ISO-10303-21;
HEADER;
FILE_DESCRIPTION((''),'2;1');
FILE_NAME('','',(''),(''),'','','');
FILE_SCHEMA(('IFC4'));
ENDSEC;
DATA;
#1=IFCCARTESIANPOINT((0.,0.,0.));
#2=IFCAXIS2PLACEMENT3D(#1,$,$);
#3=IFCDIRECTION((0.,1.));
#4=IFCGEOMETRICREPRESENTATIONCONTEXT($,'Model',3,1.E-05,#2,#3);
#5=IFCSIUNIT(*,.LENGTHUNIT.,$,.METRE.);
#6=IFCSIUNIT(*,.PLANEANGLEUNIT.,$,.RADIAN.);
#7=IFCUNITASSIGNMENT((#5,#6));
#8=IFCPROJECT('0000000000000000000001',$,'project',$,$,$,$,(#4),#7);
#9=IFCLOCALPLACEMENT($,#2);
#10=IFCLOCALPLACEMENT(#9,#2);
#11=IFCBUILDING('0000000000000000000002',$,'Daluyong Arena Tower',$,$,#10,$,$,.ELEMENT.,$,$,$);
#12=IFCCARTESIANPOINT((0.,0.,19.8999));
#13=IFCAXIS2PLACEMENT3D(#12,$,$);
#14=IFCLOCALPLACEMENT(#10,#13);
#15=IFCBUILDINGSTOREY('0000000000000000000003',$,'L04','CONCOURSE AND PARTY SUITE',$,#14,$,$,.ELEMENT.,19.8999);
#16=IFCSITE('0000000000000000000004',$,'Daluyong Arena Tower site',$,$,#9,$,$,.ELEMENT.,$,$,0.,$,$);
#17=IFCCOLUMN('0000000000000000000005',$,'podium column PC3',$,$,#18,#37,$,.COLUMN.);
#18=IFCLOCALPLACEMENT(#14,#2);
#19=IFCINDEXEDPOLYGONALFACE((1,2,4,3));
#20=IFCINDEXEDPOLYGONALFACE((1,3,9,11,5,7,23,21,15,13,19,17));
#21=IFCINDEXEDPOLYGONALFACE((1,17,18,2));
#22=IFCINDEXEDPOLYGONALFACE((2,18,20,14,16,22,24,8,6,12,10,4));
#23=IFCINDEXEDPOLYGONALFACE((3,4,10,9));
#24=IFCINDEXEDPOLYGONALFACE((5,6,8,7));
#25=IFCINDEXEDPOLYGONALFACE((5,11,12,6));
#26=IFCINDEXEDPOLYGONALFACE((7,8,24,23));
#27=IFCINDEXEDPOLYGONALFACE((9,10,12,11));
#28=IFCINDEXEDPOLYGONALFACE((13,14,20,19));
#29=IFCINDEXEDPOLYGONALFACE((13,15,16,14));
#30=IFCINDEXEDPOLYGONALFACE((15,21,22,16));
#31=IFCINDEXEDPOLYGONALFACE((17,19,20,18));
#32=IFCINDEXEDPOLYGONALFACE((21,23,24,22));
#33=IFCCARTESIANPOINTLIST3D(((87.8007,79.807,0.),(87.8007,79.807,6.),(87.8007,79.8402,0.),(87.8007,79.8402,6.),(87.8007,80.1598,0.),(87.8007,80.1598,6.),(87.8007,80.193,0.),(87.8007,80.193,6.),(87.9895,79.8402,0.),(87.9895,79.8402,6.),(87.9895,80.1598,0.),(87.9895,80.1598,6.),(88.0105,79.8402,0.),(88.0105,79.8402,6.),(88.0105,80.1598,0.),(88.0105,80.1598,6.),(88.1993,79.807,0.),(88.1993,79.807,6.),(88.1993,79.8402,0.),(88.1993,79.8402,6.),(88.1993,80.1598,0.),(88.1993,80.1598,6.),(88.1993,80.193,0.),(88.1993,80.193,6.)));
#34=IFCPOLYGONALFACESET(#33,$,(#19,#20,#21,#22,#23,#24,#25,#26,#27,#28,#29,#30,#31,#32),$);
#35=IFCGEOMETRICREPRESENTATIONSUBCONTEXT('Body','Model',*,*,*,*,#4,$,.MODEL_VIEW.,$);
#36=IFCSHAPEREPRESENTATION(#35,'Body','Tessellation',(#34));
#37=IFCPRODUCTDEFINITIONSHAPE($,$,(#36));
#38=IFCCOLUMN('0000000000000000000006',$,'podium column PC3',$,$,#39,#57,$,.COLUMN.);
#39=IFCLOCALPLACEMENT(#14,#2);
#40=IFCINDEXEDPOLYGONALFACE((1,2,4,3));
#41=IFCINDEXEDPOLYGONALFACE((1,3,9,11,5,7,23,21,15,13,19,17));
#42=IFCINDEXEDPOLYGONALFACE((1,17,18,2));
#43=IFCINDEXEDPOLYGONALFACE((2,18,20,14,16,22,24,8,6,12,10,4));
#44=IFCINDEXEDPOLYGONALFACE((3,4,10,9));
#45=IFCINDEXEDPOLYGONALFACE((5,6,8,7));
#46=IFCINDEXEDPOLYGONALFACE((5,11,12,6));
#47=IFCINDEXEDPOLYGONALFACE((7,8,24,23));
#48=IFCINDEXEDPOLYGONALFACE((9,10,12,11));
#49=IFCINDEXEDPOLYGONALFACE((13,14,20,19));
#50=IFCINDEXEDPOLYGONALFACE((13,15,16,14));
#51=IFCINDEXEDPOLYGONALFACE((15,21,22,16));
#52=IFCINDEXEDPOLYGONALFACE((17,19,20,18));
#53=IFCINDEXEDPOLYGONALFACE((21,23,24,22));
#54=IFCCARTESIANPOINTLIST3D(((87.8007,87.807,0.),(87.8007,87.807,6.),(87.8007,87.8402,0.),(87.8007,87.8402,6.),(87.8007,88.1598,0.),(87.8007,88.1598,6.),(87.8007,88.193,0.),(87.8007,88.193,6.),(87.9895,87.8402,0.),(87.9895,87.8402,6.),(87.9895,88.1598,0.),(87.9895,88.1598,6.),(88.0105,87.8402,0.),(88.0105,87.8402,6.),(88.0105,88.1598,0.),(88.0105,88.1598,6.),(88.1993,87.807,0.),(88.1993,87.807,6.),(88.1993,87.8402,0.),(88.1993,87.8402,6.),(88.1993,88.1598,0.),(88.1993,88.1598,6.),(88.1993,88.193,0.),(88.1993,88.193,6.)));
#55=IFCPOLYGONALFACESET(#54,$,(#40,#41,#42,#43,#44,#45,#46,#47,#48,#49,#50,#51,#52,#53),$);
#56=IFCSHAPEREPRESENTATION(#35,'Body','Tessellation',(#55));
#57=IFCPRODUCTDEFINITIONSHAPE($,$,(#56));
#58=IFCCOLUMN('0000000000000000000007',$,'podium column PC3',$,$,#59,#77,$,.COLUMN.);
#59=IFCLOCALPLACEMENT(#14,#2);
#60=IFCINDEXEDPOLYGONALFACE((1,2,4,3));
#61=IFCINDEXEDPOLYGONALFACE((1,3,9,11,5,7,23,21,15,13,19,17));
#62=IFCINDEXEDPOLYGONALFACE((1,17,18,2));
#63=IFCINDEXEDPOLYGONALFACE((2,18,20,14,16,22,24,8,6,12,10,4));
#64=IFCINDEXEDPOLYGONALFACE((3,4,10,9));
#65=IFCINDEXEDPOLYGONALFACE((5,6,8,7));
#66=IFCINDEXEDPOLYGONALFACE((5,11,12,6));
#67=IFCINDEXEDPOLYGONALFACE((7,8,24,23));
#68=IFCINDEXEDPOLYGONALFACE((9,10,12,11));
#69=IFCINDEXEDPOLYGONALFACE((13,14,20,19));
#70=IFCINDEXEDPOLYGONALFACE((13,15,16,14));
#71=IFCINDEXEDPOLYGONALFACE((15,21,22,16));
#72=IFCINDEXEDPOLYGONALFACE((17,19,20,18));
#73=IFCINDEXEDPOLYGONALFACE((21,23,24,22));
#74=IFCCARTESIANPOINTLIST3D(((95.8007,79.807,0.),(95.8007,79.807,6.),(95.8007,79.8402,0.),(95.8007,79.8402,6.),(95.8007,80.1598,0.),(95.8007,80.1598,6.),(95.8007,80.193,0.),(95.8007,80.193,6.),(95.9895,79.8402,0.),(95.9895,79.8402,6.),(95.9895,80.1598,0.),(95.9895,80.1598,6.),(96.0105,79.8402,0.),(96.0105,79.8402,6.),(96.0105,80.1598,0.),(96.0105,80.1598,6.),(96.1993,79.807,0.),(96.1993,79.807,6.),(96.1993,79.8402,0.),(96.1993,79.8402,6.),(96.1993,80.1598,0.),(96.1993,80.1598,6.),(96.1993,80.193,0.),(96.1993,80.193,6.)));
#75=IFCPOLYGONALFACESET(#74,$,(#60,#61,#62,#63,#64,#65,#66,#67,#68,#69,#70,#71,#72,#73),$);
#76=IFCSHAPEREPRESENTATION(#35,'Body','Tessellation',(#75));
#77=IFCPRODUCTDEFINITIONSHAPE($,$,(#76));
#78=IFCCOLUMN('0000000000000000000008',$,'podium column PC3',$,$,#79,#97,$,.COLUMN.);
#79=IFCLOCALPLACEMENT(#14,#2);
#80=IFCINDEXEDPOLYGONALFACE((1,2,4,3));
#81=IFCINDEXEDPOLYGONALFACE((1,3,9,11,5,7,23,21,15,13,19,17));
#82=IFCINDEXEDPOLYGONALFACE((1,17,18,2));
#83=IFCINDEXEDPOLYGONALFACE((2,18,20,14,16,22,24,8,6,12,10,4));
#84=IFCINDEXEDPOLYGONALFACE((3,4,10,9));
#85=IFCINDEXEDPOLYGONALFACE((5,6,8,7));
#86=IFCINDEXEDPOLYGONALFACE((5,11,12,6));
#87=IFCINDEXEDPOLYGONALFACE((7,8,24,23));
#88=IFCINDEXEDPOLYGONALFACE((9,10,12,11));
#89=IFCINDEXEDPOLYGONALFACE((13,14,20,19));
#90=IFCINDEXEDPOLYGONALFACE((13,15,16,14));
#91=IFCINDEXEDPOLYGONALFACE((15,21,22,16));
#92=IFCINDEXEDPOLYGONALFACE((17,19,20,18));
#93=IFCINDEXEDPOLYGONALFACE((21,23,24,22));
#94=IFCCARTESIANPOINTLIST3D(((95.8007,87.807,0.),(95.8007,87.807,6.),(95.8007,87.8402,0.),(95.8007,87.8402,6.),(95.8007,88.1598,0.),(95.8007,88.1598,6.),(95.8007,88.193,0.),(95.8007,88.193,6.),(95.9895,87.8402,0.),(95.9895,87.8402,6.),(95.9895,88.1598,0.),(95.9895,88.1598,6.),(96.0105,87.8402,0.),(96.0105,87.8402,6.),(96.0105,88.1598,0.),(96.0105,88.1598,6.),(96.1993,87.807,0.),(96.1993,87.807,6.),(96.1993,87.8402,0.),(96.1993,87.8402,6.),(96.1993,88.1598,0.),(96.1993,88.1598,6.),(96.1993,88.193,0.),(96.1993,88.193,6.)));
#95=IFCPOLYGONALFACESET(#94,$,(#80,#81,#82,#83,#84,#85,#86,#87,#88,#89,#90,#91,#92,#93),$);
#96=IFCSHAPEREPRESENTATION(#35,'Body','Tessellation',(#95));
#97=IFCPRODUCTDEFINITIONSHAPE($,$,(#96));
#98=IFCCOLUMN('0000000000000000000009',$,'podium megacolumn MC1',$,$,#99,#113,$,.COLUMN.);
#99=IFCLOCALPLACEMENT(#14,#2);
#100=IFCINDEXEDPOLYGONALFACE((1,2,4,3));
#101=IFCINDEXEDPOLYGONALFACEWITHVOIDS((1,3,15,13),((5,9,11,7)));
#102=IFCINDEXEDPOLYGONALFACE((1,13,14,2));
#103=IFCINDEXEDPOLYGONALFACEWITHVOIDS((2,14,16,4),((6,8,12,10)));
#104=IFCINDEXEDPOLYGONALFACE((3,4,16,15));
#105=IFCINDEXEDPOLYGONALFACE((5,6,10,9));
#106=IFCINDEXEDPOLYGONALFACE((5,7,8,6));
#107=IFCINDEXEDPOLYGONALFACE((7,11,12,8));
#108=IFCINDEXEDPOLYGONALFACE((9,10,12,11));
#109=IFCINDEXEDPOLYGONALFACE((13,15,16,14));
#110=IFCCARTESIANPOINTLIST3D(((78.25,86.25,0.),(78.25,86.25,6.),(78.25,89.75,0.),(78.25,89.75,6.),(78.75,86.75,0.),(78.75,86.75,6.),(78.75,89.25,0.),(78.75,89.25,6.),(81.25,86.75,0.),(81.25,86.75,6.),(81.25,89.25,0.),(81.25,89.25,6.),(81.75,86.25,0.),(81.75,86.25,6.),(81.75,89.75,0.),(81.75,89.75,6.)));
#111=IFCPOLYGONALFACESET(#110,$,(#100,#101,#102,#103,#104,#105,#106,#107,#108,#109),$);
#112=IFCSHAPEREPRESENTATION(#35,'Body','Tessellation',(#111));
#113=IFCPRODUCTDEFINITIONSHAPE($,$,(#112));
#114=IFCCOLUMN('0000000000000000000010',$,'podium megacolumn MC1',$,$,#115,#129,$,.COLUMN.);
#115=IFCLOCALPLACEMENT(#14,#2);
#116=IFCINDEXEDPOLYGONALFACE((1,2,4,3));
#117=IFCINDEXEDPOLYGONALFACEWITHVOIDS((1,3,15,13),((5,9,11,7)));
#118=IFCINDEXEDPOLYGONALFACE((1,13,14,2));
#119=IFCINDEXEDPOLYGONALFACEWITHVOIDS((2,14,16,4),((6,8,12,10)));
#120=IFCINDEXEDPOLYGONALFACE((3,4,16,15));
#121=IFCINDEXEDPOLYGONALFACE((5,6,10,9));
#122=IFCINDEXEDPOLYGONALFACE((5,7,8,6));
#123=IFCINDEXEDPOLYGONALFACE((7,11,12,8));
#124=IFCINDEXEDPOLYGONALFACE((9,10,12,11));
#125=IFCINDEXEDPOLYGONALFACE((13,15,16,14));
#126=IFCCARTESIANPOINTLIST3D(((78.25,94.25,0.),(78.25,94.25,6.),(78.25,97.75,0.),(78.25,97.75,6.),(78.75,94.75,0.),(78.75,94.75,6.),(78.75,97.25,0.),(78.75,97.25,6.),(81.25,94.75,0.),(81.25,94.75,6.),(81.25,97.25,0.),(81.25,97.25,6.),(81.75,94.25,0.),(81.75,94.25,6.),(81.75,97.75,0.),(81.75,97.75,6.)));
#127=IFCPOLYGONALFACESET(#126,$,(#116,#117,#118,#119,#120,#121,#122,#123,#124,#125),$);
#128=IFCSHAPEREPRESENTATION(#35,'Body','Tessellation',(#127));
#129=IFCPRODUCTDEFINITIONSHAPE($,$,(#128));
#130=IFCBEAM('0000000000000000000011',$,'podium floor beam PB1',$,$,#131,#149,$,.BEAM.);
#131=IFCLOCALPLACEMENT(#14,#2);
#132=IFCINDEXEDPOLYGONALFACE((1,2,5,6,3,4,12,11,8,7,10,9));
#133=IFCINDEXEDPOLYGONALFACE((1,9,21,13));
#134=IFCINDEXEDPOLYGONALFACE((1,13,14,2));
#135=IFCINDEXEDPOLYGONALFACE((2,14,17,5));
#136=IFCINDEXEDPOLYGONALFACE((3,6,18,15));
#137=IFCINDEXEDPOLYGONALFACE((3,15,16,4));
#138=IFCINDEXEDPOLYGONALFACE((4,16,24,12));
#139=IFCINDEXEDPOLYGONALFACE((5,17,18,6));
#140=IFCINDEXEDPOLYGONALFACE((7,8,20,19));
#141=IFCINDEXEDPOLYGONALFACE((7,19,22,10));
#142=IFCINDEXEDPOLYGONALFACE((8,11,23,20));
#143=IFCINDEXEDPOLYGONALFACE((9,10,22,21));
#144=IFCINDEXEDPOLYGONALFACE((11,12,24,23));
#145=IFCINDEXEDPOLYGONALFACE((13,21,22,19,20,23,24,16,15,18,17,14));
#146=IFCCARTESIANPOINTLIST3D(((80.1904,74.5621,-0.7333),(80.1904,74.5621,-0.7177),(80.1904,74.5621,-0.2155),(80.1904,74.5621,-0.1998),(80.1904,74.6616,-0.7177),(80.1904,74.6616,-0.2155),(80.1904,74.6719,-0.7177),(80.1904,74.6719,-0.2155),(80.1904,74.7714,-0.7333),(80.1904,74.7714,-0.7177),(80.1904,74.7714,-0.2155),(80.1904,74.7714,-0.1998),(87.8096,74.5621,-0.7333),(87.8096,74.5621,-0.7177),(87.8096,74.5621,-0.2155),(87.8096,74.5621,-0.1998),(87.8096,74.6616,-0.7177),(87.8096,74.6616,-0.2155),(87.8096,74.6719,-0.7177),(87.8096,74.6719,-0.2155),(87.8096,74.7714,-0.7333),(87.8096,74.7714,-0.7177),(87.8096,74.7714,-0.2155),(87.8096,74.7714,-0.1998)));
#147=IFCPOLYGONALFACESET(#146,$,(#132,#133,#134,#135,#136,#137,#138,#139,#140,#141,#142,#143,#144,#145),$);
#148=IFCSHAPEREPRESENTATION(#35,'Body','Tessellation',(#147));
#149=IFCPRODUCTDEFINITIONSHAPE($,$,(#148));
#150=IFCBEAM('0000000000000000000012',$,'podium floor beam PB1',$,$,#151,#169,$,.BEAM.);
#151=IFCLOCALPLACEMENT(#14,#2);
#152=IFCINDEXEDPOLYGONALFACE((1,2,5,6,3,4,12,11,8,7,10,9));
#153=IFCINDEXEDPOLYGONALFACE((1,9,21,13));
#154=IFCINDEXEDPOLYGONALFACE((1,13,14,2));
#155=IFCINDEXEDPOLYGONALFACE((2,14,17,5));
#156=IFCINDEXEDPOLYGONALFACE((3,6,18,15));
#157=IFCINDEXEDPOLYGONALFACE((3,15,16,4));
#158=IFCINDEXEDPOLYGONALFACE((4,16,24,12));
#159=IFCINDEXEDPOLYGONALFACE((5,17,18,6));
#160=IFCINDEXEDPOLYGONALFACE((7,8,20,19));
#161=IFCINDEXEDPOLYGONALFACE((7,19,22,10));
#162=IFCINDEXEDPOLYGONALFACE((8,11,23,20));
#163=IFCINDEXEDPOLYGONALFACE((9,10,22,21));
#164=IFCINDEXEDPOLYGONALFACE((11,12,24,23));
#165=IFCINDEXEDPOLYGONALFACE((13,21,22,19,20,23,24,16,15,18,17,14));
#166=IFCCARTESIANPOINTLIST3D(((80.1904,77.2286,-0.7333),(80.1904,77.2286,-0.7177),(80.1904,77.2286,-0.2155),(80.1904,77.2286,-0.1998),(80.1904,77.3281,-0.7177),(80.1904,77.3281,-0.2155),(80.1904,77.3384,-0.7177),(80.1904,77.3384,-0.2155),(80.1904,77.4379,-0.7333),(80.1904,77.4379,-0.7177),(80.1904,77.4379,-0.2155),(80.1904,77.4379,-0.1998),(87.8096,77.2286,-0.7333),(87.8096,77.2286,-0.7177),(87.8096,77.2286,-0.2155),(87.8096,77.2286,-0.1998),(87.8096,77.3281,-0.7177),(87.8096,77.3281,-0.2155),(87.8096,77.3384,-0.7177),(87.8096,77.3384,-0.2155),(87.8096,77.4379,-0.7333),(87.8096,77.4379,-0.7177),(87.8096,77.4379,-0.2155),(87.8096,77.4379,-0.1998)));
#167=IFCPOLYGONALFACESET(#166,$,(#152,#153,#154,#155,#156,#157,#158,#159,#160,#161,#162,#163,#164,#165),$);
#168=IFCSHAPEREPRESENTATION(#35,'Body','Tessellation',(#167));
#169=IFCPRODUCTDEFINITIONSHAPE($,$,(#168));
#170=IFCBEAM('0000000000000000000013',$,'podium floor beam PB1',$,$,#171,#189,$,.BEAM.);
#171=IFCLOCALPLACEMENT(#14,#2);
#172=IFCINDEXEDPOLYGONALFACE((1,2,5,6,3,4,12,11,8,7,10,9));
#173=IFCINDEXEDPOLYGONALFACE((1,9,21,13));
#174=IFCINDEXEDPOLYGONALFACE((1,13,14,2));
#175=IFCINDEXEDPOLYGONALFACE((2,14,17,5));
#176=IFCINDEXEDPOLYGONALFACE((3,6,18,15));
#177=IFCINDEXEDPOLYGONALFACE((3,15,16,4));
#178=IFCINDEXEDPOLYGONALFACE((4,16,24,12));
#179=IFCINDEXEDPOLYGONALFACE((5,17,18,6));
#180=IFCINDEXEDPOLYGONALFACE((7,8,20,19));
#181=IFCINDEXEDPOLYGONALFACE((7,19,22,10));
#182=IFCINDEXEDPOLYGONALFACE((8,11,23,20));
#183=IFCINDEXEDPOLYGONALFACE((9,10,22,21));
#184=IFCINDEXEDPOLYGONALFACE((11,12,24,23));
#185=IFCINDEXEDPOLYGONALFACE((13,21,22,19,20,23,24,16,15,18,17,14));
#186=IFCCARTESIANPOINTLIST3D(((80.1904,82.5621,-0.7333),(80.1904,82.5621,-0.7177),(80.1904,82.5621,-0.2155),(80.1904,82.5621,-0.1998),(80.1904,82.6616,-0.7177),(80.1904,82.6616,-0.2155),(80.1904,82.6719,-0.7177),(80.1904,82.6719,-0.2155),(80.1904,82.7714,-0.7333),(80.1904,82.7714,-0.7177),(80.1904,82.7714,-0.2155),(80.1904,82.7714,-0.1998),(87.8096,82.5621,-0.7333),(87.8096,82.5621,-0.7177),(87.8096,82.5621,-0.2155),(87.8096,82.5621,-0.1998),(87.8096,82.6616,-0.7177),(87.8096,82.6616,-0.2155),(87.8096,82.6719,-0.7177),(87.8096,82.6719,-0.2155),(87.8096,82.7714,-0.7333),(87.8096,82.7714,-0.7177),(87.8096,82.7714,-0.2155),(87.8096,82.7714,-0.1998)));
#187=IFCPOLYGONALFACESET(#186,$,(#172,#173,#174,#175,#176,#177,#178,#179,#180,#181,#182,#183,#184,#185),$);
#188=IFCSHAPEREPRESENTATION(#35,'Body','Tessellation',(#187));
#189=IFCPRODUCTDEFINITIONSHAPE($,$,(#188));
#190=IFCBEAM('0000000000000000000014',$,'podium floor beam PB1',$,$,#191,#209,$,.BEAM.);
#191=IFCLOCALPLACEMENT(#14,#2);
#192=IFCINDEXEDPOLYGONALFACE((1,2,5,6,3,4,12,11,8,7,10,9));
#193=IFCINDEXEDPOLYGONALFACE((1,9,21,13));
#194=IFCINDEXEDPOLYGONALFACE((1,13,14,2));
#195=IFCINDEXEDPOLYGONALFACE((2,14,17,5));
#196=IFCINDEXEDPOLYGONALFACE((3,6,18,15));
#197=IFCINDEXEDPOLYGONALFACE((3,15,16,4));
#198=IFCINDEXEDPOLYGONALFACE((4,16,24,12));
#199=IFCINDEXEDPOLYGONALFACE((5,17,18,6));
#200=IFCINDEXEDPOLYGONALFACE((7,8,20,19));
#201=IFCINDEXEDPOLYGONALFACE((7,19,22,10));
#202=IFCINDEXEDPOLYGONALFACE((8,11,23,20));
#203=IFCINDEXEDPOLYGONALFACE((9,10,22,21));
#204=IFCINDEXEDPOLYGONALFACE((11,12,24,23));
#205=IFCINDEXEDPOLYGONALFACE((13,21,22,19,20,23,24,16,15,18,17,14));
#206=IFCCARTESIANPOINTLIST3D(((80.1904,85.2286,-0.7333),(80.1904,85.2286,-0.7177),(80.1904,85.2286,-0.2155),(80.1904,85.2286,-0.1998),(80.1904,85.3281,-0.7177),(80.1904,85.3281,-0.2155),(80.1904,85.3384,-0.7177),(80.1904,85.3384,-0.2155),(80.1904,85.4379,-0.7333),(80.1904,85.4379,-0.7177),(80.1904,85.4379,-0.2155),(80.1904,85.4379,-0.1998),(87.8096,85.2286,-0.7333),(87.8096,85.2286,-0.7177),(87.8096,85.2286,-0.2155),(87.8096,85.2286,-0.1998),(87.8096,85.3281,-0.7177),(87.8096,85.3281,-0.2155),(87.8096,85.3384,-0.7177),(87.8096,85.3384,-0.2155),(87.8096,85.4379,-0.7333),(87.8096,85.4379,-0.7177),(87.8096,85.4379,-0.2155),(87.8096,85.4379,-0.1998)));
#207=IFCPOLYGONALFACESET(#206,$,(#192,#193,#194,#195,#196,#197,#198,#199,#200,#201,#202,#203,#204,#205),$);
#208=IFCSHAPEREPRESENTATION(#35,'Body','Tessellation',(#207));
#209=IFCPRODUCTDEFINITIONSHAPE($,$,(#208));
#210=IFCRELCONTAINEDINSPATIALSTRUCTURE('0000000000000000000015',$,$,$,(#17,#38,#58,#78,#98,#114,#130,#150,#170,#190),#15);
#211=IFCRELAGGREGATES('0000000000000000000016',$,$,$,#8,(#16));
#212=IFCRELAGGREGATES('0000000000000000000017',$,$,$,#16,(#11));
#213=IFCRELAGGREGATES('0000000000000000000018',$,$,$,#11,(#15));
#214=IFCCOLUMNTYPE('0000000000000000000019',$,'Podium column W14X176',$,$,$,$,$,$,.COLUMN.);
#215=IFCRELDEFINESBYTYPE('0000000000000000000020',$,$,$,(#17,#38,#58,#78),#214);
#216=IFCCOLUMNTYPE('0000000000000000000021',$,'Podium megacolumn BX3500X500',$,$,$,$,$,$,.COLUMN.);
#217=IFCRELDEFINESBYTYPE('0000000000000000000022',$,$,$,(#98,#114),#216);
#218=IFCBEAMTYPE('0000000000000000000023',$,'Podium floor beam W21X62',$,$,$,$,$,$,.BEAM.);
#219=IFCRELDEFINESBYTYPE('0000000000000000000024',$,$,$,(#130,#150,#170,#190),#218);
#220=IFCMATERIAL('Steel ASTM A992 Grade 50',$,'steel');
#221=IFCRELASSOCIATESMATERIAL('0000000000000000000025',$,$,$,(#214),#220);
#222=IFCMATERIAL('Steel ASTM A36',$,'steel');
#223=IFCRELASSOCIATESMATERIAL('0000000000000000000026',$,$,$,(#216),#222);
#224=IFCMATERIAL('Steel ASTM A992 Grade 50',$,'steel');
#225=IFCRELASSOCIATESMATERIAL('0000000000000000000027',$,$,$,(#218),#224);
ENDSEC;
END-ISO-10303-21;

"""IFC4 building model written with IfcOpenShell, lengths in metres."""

from ifc_helpers import new_model, si_unit, direction, frame, origin, origin_2d, place, context, subcontext, project, spatial, hollow_rectangle, i_section, extrude, material, material_profile, profile_set, type_object, element, save


model = new_model("IFC4")

# Units and contexts
model_context = context("Model", 3, precision=1e-05, world=origin(), true_north=direction((0.0, 1.0)))
body_context = subcontext(model_context, "Body", "Model", "MODEL_VIEW")
ifc_project = project(units=[si_unit("LENGTHUNIT", "METRE"), si_unit("PLANEANGLEUNIT", "RADIAN")], contexts=[model_context])

# Site, building, storey
site_placement = place(None, origin())
site = spatial("IfcSite", under=ifc_project, at=site_placement, Name="Daluyong Arena Tower site", CompositionType="ELEMENT", RefElevation=0.0)
building_placement = place(site_placement, origin())
building = spatial("IfcBuilding", under=site, at=building_placement, Name="Daluyong Arena Tower", CompositionType="ELEMENT")
storey_placement = place(building_placement, frame((0.0, 0.0, 19.8999)))
storey = spatial("IfcBuildingStorey", under=building, at=storey_placement, Name="L04", Description="CONCOURSE AND PARTY SUITE", CompositionType="ELEMENT", Elevation=19.8999)

# Columns
ifc_material_1 = material(Name="Steel ASTM A992 Grade 50", Category="steel")
ifc_material_profile_1 = material_profile(ifc_material_1, i_section(OverallWidth=0.3987, OverallDepth=0.386, WebThickness=0.021, FlangeThickness=0.0332, at=origin_2d()))
ifc_profile_set_1 = profile_set([ifc_material_profile_1], Name="Steel ASTM A992 Grade 50")
column_type_1 = type_object("IfcColumnType", Name="Podium column W14X176", PredefinedType="COLUMN", material=ifc_profile_set_1)
for number, where, z_axis, x_axis, name in (
    (1, (88.0, 80.0, 0.0), (0.0, 0.0, 1.0), (1.0, 0.0, 0.0), "podium column PC3"),
    (2, (88.0, 88.0, 0.0), (0.0, 0.0, 1.0), (1.0, 0.0, 0.0), "podium column PC3"),
    (3, (96.0, 80.0, 0.0), (0.0, 0.0, 1.0), (1.0, 0.0, 0.0), "podium column PC3"),
    (4, (96.0, 88.0, 0.0), (0.0, 0.0, 1.0), (1.0, 0.0, 0.0), "podium column PC3"),
):
    element("IfcColumn", number, at=place(storey_placement, frame(where, z_axis=z_axis, x_axis=x_axis)), inside=storey, type_object=column_type_1, Name=name, PredefinedType="COLUMN", context=body_context, shape_type="SweptSolid", body=[
        extrude(i_section(OverallWidth=0.3987, OverallDepth=0.386, WebThickness=0.021, FlangeThickness=0.0332, at=origin_2d()), origin(), (0.0, 0.0, 1.0), 6.0),
    ])
ifc_material_2 = material(Name="Steel ASTM A36", Category="steel")
ifc_material_profile_2 = material_profile(ifc_material_2, hollow_rectangle(XDim=3.5, YDim=3.5, WallThickness=0.5, at=origin_2d()))
ifc_profile_set_2 = profile_set([ifc_material_profile_2], Name="Steel ASTM A36")
column_type_2 = type_object("IfcColumnType", Name="Podium megacolumn BX3500X500", PredefinedType="COLUMN", material=ifc_profile_set_2)
for number, where, z_axis, x_axis, name in (
    (5, (80.0, 88.0, 0.0), (0.0, 0.0, 1.0), (1.0, 0.0, 0.0), "podium megacolumn MC1"),
    (6, (80.0, 96.0, 0.0), (0.0, 0.0, 1.0), (1.0, 0.0, 0.0), "podium megacolumn MC1"),
):
    element("IfcColumn", number, at=place(storey_placement, frame(where, z_axis=z_axis, x_axis=x_axis)), inside=storey, type_object=column_type_2, Name=name, PredefinedType="COLUMN", context=body_context, shape_type="SweptSolid", body=[
        extrude(hollow_rectangle(XDim=3.5, YDim=3.5, WallThickness=0.5, at=origin_2d()), origin(), (0.0, 0.0, 1.0), 6.0),
    ])

# Beams
ifc_material_3 = material(Name="Steel ASTM A992 Grade 50", Category="steel")
ifc_material_profile_3 = material_profile(ifc_material_3, i_section(OverallWidth=0.2092, OverallDepth=0.5334, WebThickness=0.0103, FlangeThickness=0.0156, at=origin_2d()))
ifc_profile_set_3 = profile_set([ifc_material_profile_3], Name="Steel ASTM A992 Grade 50")
beam_type_1 = type_object("IfcBeamType", Name="Podium floor beam W21X62", PredefinedType="BEAM", material=ifc_profile_set_3)
for number, where, z_axis, x_axis, name in (
    (7, (80.1904, 74.6667, -0.4666), (1.0, 0.0, 0.0), (0.0, 1.0, 0.0), "podium floor beam PB1"),
    (8, (80.1904, 77.3333, -0.4666), (1.0, 0.0, 0.0), (0.0, 1.0, 0.0), "podium floor beam PB1"),
    (9, (80.1904, 82.6667, -0.4666), (1.0, 0.0, 0.0), (0.0, 1.0, 0.0), "podium floor beam PB1"),
    (10, (80.1904, 85.3333, -0.4666), (1.0, 0.0, 0.0), (0.0, 1.0, 0.0), "podium floor beam PB1"),
):
    element("IfcBeam", number, at=place(storey_placement, frame(where, z_axis=z_axis, x_axis=x_axis)), inside=storey, type_object=beam_type_1, Name=name, PredefinedType="BEAM", context=body_context, shape_type="SweptSolid", body=[
        extrude(i_section(OverallWidth=0.2092, OverallDepth=0.5334, WebThickness=0.0103, FlangeThickness=0.0156, at=origin_2d()), origin(), (0.0, 0.0, 1.0), 7.6191),
    ])

save(model, "model.ifc")
